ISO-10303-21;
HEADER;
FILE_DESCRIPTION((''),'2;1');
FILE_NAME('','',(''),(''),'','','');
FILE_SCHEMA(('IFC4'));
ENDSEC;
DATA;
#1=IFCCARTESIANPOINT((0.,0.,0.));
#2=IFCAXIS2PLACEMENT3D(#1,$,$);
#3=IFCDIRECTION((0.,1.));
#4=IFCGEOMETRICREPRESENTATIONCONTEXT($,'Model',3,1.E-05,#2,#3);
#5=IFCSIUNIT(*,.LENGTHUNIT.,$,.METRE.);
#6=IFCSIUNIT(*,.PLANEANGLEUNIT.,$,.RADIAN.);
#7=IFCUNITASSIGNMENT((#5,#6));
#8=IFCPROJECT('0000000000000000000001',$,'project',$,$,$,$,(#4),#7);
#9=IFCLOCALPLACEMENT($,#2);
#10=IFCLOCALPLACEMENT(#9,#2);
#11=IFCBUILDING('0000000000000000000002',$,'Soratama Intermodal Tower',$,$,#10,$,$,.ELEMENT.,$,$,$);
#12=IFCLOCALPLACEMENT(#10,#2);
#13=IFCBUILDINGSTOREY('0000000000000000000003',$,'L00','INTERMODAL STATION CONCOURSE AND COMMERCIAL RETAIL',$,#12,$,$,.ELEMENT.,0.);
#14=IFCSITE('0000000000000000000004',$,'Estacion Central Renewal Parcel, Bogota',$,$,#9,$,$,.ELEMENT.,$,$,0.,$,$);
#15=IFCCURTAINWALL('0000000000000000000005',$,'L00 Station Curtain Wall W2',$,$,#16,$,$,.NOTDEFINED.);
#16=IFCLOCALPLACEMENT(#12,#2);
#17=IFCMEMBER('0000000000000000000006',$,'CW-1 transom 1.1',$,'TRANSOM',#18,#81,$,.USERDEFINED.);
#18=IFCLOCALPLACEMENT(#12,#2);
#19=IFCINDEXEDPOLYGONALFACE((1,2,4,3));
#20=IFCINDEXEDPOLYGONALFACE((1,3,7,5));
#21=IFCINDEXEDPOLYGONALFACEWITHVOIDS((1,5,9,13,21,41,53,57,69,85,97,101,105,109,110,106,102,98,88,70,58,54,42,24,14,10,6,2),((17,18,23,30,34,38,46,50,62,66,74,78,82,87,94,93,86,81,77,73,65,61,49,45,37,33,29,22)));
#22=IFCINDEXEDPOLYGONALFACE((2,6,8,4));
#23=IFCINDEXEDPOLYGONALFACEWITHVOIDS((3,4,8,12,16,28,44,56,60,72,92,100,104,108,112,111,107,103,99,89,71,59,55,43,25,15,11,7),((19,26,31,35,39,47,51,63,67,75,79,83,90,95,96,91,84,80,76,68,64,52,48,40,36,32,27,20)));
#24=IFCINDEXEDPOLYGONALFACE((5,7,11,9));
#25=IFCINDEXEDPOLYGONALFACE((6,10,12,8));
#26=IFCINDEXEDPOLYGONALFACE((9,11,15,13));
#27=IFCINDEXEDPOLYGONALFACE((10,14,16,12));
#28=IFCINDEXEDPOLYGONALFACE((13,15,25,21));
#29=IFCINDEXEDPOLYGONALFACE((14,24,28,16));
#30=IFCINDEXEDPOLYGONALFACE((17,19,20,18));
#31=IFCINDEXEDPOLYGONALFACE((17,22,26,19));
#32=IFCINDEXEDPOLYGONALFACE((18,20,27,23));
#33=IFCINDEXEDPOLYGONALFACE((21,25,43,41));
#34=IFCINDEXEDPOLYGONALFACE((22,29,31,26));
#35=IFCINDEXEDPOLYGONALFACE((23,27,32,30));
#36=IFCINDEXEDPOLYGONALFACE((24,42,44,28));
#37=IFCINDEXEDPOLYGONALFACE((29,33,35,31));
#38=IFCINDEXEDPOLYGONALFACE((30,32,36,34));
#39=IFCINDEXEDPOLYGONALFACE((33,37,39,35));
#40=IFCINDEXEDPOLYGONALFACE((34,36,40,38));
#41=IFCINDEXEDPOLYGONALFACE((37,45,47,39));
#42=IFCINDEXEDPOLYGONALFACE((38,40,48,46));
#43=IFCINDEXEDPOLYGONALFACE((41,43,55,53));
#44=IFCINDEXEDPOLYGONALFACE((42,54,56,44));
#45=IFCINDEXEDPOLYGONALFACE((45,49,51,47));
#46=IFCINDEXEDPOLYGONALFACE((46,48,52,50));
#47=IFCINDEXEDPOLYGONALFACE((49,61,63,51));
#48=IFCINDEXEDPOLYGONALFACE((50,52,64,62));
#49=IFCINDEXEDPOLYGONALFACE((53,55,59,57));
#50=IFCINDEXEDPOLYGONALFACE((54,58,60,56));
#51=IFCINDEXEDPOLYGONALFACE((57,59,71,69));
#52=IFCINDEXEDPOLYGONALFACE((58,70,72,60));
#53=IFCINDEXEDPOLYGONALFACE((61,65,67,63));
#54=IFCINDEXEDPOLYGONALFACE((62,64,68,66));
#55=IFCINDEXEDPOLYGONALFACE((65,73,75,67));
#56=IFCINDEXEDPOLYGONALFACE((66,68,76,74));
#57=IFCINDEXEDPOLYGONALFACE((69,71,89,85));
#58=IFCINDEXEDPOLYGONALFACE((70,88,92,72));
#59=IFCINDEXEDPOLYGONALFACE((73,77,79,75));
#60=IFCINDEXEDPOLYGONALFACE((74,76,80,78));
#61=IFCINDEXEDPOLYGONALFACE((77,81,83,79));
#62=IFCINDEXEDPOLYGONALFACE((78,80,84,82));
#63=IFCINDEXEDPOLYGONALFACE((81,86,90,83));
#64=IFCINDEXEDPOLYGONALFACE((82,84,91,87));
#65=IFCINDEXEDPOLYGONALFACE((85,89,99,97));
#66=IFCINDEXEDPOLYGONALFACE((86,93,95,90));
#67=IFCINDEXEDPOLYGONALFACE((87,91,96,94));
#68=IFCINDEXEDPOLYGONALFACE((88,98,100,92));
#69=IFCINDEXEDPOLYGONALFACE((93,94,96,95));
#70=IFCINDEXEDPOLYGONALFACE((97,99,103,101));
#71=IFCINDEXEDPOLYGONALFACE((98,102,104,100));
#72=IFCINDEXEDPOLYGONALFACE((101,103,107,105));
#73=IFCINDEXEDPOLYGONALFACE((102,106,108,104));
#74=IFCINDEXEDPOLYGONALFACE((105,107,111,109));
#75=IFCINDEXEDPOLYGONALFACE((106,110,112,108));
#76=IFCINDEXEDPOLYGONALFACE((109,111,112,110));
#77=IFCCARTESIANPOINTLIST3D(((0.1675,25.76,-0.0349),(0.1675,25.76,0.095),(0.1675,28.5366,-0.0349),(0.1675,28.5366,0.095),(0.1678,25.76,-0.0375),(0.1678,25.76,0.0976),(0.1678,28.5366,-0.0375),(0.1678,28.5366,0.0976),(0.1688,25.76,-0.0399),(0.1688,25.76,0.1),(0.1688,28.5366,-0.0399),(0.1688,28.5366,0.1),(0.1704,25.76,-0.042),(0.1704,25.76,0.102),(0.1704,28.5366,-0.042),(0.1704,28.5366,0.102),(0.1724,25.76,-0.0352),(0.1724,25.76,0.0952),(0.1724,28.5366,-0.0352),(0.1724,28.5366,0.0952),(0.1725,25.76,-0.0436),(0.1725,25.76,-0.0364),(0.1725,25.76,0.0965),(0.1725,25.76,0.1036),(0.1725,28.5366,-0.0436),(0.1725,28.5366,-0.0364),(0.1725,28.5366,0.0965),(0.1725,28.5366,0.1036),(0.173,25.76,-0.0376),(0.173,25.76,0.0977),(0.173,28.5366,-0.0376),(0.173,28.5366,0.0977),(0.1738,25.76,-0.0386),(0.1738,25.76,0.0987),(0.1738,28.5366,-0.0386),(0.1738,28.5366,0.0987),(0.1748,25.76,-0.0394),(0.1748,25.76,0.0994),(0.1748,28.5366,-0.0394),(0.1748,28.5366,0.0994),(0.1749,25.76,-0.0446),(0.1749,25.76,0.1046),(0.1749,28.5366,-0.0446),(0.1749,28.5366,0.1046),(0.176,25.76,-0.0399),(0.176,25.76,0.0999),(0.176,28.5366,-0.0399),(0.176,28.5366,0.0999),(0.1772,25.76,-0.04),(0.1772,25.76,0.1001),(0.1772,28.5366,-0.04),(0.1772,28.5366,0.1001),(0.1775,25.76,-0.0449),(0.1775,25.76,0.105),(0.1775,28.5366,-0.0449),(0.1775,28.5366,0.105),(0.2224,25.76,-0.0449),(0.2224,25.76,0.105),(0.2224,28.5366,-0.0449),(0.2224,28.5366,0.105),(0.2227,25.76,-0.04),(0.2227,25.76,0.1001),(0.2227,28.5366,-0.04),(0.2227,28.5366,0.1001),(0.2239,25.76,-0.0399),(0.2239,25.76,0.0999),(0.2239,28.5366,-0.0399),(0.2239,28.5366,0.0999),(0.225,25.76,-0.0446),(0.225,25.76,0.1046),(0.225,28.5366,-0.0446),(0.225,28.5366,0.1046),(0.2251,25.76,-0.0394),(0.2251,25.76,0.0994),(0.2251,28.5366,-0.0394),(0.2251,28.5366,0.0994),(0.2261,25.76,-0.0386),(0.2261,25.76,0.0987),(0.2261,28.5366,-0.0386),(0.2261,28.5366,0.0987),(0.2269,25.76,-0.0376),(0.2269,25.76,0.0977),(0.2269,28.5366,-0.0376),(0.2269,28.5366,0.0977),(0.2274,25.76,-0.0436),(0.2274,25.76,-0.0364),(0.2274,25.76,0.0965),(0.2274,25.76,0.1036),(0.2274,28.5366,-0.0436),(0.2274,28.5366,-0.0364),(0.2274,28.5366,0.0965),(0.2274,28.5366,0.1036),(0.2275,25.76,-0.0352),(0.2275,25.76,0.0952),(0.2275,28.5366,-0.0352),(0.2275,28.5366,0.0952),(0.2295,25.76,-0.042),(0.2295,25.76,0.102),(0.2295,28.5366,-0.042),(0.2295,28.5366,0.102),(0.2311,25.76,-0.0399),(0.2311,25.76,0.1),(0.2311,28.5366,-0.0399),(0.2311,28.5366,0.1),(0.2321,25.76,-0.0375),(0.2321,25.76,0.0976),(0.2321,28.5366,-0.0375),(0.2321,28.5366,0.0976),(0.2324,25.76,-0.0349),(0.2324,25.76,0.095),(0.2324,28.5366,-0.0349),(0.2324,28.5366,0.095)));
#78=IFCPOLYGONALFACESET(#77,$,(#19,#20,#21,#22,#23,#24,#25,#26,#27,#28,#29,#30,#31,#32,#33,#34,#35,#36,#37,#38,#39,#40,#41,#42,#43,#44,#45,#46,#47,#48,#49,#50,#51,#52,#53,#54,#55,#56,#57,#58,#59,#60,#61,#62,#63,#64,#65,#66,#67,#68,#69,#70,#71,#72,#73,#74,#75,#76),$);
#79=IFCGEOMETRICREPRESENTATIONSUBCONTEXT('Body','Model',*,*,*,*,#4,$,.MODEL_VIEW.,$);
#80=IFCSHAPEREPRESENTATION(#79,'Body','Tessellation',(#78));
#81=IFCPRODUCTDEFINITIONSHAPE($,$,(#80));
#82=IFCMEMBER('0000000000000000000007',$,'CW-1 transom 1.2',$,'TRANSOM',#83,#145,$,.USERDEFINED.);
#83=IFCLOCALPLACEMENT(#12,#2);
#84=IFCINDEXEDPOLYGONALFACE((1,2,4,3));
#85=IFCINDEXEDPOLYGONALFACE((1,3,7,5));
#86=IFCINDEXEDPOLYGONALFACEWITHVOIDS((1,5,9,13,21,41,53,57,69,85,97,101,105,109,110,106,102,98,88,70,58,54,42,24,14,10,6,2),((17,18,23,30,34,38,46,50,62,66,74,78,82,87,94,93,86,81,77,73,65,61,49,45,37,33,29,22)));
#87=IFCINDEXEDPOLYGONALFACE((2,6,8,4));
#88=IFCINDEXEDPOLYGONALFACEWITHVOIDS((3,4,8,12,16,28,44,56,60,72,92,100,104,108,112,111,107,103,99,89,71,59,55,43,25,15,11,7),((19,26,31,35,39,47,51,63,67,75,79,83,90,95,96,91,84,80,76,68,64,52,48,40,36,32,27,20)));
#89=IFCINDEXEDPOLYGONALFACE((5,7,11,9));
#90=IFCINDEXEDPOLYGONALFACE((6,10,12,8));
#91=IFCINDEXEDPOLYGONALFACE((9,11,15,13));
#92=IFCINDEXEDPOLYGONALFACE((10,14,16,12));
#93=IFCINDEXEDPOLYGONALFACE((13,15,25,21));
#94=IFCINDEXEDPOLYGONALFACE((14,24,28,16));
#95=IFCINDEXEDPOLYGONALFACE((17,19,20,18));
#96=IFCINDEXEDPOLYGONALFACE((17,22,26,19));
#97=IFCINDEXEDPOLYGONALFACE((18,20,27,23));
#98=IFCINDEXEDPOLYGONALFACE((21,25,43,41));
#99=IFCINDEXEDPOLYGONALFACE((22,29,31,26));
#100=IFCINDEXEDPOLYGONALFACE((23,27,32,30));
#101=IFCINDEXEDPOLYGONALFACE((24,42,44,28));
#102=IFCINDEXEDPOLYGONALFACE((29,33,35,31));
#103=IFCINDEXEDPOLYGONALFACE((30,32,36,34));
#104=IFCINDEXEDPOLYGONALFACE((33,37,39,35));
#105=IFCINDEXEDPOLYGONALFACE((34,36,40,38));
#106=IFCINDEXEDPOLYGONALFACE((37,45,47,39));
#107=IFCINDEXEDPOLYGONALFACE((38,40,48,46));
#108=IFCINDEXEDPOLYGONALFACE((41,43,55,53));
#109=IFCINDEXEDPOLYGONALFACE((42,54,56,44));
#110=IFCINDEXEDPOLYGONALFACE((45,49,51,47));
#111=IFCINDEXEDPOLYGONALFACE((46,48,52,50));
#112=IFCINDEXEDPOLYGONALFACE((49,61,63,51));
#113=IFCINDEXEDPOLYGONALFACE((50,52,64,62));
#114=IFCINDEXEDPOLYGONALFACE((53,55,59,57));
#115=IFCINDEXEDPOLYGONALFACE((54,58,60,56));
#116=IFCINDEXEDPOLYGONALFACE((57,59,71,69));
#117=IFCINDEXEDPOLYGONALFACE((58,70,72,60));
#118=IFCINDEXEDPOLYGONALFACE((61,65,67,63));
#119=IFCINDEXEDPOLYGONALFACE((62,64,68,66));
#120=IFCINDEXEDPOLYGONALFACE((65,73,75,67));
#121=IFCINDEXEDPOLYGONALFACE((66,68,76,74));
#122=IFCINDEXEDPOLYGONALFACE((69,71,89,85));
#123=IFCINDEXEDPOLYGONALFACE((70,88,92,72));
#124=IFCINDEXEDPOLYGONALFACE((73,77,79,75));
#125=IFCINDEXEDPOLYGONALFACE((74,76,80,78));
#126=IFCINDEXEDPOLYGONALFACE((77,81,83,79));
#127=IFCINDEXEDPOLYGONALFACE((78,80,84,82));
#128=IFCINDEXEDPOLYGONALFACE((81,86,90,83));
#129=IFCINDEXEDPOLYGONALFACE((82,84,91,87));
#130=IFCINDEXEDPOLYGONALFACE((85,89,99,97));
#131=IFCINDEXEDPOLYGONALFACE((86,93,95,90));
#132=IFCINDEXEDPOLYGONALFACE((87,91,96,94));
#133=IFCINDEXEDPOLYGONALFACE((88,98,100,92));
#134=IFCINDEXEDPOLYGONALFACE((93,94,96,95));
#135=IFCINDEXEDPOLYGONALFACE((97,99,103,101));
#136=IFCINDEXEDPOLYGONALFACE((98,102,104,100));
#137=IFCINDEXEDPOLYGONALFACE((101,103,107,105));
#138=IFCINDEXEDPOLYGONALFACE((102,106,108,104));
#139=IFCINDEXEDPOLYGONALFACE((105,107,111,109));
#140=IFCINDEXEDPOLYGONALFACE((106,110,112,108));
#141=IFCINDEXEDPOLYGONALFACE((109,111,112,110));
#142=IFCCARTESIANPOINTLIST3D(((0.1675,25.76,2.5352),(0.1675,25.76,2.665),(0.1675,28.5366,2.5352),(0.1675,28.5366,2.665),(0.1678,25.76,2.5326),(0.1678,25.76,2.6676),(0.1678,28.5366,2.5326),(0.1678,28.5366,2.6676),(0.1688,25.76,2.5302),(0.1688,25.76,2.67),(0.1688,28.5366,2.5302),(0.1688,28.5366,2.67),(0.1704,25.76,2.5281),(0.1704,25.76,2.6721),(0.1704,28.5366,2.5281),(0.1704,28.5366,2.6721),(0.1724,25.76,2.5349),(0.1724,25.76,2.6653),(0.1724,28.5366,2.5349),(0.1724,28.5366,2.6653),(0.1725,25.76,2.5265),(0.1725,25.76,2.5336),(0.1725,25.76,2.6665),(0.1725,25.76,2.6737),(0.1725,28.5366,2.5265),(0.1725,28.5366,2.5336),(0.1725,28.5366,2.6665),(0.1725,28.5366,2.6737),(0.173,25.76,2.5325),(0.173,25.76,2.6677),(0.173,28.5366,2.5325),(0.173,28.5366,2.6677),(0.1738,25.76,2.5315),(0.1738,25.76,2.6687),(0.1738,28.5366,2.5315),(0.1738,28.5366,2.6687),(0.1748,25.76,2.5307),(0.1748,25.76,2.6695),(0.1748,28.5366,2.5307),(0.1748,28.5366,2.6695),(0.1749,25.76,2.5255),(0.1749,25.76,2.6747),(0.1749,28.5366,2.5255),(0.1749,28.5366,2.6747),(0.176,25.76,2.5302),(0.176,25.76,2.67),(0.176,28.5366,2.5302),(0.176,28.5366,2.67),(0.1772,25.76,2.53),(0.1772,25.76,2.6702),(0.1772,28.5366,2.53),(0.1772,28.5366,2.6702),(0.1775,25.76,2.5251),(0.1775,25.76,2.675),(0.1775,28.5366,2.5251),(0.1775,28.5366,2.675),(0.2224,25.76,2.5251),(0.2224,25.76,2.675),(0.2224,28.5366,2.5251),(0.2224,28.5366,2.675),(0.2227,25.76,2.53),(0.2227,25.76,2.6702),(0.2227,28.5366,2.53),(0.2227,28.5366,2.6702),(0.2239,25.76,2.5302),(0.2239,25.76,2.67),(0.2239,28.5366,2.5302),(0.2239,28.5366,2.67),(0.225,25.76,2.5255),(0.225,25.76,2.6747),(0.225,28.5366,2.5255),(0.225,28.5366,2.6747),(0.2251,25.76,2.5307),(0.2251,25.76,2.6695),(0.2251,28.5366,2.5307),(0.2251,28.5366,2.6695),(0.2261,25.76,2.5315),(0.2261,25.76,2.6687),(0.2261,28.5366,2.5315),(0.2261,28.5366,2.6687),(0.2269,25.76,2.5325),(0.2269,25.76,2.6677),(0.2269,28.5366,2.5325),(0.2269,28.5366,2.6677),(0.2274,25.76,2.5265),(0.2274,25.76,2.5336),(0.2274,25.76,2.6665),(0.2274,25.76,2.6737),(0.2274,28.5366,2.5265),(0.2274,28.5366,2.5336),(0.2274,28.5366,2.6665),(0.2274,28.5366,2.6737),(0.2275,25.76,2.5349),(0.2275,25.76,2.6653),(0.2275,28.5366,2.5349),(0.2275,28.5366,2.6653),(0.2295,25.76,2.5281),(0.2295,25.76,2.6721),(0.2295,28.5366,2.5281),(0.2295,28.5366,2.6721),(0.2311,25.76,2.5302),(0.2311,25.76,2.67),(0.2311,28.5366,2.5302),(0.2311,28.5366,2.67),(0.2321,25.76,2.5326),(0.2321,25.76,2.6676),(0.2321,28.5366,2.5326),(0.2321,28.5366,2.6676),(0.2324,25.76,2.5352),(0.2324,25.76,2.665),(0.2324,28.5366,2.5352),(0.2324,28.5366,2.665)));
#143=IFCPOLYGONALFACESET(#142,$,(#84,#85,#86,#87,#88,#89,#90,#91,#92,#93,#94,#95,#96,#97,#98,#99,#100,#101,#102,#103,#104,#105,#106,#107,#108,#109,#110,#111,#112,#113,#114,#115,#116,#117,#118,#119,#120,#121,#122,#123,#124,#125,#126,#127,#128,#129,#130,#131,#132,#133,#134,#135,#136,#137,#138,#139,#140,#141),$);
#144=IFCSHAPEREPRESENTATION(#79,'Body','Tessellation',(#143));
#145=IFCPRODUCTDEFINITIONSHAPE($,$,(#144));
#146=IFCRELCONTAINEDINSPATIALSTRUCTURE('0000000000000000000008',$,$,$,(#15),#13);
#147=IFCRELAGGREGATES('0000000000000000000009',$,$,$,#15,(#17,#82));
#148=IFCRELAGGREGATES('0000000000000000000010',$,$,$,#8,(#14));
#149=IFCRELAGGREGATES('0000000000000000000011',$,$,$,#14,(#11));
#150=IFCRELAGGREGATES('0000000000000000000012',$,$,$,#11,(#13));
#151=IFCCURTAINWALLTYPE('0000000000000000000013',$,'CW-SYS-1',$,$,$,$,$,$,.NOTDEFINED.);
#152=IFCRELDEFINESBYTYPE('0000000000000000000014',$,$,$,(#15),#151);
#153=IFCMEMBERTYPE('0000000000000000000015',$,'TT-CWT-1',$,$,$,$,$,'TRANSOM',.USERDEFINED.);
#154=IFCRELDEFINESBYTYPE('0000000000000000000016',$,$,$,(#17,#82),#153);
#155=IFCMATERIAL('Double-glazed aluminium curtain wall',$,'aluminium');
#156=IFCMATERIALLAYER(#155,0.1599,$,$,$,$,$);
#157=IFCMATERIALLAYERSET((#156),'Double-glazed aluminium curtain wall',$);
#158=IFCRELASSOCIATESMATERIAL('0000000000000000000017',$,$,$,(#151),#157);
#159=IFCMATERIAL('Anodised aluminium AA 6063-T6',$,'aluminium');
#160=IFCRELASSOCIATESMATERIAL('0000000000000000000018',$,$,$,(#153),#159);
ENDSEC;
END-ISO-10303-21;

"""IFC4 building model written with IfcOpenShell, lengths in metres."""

from ifc_helpers import new_model, si_unit, direction, frame, origin, origin_2d, place, context, subcontext, project, spatial, hollow_rectangle, extrude, material, layer, layer_set, material_profile, profile_set, type_object, element, aggregate, save


model = new_model("IFC4")

# Units and contexts
model_context = context("Model", 3, precision=1e-05, world=origin(), true_north=direction((0.0, 1.0)))
body_context = subcontext(model_context, "Body", "Model", "MODEL_VIEW")
ifc_project = project(units=[si_unit("LENGTHUNIT", "METRE"), si_unit("PLANEANGLEUNIT", "RADIAN")], contexts=[model_context])

# Site, building, storey
site_placement = place(None, origin())
site = spatial("IfcSite", under=ifc_project, at=site_placement, Name="Estacion Central Renewal Parcel, Bogota", CompositionType="ELEMENT", RefElevation=0.0)
building_placement = place(site_placement, origin())
building = spatial("IfcBuilding", under=site, at=building_placement, Name="Soratama Intermodal Tower", CompositionType="ELEMENT")
storey_placement = place(building_placement, origin())
storey = spatial("IfcBuildingStorey", under=building, at=storey_placement, Name="L00", Description="INTERMODAL STATION CONCOURSE AND COMMERCIAL RETAIL", CompositionType="ELEMENT", Elevation=0.0)

# Curtain wall
ifc_material_1 = material(Name="Double-glazed aluminium curtain wall", Category="aluminium")
ifc_layer_1 = layer(ifc_material_1, 0.1599)
ifc_layer_set_1 = layer_set([ifc_layer_1], Name="Double-glazed aluminium curtain wall")
curtain_wall_type = type_object("IfcCurtainWallType", Name="CW-SYS-1", PredefinedType="NOTDEFINED", material=ifc_layer_set_1)
curtain_wall_1_placement = place(storey_placement, origin())
curtain_wall_1 = element("IfcCurtainWall", 1, at=curtain_wall_1_placement, inside=storey, type_object=curtain_wall_type, Name="L00 Station Curtain Wall W2", PredefinedType="NOTDEFINED")

# Members
ifc_material_2 = material(Name="Anodised aluminium AA 6063-T6", Category="aluminium")
ifc_material_profile_1 = material_profile(ifc_material_2, hollow_rectangle(XDim=0.0649, YDim=0.1499, WallThickness=0.0049, InnerFilletRadius=0.0049, OuterFilletRadius=0.01, at=origin_2d()), Name="CWT150X65X5")
ifc_profile_set_1 = profile_set([ifc_material_profile_1], Name="Anodised aluminium AA 6063-T6")
member_type_1 = type_object("IfcMemberType", Name="TT-CWT-1", ElementType="TRANSOM", PredefinedType="USERDEFINED", material=ifc_profile_set_1)
member_1_placement = place(storey_placement, frame((0.2, 25.76, 0.03), z_axis=(0.0, 1.0, 0.0), x_axis=(-1.0, 0.0, 0.0)))
member_1 = element("IfcMember", 2, at=member_1_placement, type_object=member_type_1, Name="CW-1 transom 1.1", ObjectType="TRANSOM", PredefinedType="USERDEFINED", context=body_context, shape_type="SweptSolid", body=[
    extrude(hollow_rectangle(XDim=0.0649, YDim=0.1499, WallThickness=0.0049, InnerFilletRadius=0.0049, OuterFilletRadius=0.01, at=origin_2d()), origin(), (0.0, 0.0, 1.0), 2.7766),
])
member_2_placement = place(storey_placement, frame((0.2, 25.76, 2.6001), z_axis=(0.0, 1.0, 0.0), x_axis=(-1.0, 0.0, 0.0)))
member_2 = element("IfcMember", 3, at=member_2_placement, type_object=member_type_1, Name="CW-1 transom 1.2", ObjectType="TRANSOM", PredefinedType="USERDEFINED", context=body_context, shape_type="SweptSolid", body=[
    extrude(hollow_rectangle(XDim=0.0649, YDim=0.1499, WallThickness=0.0049, InnerFilletRadius=0.0049, OuterFilletRadius=0.01, at=origin_2d()), origin(), (0.0, 0.0, 1.0), 2.7766),
])

aggregate(curtain_wall_1, [member_1, member_2])

save(model, "model.ifc")
